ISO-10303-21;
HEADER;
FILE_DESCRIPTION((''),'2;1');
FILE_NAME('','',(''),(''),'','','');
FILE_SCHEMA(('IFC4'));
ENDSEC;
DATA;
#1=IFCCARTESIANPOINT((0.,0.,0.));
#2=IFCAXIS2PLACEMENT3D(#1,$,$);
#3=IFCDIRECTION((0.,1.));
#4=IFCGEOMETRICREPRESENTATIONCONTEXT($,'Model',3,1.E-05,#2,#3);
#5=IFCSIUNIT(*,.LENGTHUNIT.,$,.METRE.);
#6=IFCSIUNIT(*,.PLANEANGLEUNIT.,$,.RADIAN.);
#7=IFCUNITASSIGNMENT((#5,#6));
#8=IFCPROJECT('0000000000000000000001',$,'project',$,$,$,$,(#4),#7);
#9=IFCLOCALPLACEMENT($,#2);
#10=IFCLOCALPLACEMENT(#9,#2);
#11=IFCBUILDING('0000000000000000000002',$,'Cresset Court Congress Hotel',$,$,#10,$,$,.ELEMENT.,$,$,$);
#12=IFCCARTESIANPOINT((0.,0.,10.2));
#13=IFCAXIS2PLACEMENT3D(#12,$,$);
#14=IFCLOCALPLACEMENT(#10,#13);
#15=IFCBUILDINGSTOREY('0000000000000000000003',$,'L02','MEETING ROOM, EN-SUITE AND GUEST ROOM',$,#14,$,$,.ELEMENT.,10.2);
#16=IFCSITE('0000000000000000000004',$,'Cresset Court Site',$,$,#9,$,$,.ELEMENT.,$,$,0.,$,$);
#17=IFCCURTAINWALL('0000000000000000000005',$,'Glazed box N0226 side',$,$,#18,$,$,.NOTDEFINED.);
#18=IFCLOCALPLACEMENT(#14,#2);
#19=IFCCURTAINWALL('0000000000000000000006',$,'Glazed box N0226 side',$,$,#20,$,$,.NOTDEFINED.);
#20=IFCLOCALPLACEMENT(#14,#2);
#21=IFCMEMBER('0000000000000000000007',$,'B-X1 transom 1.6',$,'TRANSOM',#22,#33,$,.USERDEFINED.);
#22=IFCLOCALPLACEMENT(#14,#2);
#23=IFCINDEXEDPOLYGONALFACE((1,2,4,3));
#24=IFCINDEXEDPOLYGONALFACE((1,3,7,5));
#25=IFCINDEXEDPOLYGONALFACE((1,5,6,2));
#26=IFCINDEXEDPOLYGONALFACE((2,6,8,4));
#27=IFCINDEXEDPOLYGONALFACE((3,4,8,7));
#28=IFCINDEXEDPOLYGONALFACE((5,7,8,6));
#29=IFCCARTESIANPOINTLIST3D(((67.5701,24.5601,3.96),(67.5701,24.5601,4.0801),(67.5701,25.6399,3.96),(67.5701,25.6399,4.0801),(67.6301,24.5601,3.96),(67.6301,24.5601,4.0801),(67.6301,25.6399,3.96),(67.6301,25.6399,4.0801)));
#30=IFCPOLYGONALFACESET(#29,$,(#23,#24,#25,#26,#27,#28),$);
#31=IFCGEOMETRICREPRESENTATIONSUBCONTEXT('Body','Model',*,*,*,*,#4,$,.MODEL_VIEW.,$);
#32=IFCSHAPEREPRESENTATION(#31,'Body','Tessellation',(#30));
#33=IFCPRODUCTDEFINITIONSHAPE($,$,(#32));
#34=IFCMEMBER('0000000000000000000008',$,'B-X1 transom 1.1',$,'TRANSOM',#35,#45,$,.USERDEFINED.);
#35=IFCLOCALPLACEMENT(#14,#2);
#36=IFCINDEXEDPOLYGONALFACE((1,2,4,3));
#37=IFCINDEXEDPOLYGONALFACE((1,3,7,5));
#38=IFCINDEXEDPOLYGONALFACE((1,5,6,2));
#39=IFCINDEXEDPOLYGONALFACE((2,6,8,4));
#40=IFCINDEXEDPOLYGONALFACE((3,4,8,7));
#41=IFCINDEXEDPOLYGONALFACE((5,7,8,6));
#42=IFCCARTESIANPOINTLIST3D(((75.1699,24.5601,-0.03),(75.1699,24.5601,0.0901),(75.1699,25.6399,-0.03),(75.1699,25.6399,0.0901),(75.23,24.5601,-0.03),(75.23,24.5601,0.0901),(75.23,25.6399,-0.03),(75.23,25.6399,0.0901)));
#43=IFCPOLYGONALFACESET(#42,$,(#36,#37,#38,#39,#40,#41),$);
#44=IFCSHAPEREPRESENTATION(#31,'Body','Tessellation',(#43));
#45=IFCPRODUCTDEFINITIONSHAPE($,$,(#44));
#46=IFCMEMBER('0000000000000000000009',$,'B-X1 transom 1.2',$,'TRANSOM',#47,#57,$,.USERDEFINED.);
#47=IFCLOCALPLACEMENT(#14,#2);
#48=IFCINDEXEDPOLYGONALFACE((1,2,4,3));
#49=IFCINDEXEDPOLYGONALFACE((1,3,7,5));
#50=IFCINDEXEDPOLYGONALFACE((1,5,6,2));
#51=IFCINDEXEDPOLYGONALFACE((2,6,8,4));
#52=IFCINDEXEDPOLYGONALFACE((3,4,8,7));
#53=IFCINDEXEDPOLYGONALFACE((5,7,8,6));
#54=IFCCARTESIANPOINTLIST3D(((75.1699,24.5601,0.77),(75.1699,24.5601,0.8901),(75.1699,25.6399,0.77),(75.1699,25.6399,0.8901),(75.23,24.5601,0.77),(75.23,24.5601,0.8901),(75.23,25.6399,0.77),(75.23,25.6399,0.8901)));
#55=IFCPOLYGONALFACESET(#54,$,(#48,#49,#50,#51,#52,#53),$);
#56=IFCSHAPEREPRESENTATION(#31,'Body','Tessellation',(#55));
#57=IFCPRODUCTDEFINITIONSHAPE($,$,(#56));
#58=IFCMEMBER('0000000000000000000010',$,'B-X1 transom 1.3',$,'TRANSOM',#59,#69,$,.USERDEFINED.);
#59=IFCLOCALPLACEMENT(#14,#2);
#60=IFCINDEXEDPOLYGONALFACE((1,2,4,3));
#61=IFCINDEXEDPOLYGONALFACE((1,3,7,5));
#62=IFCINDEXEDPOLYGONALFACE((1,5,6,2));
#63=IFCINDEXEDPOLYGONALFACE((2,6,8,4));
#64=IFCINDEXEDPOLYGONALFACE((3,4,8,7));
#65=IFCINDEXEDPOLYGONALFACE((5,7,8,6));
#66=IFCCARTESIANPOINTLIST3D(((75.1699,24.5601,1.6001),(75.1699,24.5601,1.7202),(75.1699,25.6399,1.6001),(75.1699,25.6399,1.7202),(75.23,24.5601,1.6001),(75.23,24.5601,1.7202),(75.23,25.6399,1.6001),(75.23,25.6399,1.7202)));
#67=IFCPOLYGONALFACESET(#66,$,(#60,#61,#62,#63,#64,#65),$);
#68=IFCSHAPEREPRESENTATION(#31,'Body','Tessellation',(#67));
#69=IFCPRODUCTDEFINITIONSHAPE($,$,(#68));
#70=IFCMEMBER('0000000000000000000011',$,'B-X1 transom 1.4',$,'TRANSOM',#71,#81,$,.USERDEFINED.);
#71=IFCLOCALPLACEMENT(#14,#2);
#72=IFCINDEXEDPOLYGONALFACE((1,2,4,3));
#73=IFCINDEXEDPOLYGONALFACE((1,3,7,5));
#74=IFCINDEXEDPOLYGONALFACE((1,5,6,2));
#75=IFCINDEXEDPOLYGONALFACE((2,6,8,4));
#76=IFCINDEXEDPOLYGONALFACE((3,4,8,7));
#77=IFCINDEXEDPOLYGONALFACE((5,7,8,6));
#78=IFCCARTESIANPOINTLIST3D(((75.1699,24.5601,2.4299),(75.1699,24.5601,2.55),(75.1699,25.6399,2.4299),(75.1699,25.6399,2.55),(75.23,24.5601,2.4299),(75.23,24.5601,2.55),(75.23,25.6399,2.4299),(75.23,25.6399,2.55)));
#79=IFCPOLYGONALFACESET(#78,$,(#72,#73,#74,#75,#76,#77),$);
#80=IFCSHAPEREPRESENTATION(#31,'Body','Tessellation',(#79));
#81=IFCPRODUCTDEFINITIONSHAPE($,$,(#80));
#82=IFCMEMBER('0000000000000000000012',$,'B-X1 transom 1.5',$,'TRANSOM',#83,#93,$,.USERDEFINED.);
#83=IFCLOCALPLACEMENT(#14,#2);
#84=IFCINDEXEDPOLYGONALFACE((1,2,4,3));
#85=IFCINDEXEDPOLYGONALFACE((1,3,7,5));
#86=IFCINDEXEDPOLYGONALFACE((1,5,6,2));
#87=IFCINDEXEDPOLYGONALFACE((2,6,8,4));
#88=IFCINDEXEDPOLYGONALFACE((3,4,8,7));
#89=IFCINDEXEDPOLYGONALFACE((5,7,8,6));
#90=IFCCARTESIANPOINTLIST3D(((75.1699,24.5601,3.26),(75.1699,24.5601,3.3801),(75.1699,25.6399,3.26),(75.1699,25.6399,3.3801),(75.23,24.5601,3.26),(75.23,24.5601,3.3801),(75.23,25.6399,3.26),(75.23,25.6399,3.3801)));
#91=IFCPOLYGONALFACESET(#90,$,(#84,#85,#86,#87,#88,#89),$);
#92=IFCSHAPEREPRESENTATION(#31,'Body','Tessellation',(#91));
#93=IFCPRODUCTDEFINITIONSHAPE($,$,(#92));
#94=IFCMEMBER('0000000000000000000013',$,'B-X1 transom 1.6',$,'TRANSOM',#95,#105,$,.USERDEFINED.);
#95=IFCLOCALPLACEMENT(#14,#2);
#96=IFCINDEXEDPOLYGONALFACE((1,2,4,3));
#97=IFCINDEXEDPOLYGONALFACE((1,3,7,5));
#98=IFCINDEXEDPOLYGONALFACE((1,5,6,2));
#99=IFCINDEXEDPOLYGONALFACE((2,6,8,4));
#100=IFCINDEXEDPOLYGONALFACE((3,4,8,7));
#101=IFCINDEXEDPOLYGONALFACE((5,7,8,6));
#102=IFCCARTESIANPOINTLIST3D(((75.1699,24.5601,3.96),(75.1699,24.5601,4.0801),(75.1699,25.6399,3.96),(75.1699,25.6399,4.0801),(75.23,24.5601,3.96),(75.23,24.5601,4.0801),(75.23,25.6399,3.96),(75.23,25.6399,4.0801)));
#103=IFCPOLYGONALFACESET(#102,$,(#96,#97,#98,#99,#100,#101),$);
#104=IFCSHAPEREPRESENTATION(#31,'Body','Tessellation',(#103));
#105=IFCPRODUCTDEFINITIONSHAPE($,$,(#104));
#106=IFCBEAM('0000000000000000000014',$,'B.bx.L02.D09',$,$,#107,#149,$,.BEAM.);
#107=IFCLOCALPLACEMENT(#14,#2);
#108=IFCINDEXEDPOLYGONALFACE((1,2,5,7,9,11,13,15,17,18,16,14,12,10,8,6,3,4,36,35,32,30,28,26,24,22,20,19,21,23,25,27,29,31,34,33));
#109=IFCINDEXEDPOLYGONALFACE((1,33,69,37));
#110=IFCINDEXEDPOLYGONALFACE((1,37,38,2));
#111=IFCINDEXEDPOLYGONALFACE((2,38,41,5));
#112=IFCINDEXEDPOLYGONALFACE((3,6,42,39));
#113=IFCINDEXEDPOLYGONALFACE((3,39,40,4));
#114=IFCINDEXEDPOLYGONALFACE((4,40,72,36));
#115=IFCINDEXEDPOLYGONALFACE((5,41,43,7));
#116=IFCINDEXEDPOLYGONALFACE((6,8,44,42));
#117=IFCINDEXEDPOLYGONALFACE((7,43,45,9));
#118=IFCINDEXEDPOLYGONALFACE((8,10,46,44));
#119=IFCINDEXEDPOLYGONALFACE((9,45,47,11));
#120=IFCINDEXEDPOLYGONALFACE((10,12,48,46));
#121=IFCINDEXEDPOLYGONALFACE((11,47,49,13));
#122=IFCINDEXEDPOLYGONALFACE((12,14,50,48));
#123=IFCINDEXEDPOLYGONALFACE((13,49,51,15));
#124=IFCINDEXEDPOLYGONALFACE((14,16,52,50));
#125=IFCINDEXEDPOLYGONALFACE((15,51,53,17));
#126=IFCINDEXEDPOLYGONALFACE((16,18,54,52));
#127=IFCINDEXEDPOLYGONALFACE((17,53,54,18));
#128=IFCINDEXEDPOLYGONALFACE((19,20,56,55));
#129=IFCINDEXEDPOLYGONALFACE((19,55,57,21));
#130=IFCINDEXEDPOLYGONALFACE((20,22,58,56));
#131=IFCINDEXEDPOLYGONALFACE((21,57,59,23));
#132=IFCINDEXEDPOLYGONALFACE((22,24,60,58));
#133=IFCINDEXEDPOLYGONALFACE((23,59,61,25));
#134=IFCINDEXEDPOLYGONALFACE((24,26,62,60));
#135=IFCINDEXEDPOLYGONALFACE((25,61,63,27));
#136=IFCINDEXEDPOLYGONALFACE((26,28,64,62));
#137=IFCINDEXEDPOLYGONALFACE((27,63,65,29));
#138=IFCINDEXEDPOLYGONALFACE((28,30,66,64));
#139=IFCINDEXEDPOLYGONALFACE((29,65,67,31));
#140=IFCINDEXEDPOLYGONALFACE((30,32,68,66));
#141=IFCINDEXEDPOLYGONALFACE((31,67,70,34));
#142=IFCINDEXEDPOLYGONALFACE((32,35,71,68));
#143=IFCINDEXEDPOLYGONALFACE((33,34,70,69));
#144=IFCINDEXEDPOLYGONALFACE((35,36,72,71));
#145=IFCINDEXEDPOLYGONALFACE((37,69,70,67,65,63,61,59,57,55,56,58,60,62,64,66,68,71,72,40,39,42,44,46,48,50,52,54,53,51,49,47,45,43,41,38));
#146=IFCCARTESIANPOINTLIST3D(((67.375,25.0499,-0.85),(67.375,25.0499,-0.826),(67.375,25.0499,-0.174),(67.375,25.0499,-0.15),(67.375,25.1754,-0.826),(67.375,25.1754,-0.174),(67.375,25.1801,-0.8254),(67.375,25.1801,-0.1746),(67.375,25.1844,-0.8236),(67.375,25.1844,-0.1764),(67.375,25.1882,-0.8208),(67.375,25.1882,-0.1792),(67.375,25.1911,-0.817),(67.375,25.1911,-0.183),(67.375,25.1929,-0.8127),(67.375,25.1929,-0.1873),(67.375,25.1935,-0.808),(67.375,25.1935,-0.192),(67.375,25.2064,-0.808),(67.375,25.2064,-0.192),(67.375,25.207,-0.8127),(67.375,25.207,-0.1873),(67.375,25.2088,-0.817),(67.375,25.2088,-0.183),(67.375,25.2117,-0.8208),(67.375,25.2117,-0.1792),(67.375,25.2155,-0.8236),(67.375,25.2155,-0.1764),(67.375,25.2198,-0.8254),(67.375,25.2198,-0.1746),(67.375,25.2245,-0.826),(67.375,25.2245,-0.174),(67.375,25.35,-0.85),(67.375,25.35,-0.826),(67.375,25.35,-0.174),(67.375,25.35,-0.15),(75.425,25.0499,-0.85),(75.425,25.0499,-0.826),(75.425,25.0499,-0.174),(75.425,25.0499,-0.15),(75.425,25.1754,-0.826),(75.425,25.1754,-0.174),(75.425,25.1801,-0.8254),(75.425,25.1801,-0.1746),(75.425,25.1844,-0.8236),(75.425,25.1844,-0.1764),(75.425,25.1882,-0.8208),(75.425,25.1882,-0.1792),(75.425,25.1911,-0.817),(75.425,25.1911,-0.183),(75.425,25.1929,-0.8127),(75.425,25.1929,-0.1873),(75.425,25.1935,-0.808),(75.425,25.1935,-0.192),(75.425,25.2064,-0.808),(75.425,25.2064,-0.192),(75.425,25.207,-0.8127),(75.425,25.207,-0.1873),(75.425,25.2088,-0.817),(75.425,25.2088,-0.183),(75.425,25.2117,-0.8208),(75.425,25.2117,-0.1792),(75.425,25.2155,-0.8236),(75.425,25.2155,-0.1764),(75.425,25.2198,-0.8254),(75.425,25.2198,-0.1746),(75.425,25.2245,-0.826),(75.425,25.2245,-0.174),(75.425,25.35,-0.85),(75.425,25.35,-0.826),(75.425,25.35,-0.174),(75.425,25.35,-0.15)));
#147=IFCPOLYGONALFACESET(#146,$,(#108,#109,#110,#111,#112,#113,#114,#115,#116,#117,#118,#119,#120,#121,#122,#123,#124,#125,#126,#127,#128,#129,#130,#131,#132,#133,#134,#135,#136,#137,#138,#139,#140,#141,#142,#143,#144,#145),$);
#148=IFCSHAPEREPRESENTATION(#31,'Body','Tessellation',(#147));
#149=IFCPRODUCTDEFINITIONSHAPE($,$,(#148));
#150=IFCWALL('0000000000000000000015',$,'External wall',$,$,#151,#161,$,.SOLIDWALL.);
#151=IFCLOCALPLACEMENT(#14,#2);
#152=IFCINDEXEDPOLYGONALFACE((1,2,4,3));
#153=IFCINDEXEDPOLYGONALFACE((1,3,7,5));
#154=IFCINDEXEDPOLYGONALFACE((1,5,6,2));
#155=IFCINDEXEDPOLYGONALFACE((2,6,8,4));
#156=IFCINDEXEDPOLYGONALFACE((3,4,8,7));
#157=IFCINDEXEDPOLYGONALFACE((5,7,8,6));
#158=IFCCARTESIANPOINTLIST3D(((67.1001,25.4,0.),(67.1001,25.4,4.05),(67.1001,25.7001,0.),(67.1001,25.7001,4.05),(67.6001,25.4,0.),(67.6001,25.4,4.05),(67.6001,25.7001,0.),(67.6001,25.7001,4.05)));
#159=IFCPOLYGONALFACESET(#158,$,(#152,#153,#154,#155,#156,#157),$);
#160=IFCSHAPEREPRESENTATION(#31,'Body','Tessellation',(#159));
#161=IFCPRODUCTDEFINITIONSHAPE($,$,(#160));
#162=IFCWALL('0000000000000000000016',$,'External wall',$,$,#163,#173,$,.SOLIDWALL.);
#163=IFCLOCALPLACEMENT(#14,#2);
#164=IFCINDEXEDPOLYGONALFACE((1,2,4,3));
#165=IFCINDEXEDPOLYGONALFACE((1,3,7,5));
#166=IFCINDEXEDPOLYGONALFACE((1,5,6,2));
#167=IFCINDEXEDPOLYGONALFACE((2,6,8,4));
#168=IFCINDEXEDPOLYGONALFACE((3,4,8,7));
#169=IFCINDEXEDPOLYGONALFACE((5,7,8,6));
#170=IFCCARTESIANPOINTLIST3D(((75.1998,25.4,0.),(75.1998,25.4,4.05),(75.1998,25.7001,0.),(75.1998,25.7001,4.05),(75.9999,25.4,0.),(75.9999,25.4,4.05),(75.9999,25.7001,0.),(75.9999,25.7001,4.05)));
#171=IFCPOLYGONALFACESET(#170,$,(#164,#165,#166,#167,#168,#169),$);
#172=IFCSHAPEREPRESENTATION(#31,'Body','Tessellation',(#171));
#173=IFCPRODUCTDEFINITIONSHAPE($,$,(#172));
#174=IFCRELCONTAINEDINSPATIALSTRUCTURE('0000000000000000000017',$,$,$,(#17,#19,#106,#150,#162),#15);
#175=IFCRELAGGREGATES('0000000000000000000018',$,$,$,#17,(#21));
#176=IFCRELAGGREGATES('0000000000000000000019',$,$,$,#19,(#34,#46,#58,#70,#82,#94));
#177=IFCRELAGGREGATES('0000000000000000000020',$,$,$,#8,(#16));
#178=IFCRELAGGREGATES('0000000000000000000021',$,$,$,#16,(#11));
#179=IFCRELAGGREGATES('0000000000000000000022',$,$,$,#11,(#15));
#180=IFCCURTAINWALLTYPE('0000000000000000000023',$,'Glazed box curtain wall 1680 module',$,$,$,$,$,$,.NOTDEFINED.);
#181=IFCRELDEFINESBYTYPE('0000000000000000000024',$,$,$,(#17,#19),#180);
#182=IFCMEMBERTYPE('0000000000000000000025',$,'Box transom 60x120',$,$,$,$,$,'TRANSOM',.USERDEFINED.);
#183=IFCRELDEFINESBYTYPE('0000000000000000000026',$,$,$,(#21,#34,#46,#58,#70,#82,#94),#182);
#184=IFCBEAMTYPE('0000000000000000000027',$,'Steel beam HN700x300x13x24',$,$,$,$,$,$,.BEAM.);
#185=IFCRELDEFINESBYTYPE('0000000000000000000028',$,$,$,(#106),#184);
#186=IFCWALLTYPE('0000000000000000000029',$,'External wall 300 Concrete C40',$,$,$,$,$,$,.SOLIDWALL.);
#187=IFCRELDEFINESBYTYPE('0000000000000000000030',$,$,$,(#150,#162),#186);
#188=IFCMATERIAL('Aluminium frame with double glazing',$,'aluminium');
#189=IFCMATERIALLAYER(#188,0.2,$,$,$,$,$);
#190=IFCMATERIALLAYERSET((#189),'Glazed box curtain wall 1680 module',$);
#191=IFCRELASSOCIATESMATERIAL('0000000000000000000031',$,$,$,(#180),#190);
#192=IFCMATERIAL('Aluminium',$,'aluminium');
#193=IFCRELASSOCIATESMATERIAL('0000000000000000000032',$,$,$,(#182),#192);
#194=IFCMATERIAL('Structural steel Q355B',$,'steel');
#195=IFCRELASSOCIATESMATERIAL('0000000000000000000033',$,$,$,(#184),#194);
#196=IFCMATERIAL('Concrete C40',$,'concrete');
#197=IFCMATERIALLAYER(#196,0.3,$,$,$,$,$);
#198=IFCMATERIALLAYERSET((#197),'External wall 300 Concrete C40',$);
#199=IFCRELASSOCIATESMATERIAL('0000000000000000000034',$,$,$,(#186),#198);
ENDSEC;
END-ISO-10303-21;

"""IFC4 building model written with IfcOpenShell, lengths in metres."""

from ifc_helpers import new_model, si_unit, direction, frame, frame_2d, origin, origin_2d, place, context, subcontext, project, spatial, rectangle, i_section, extrude, material, layer, layer_set, material_profile, profile_set, type_object, element, aggregate, save


model = new_model("IFC4")

# Units and contexts
model_context = context("Model", 3, precision=1e-05, world=origin(), true_north=direction((0.0, 1.0)))
body_context = subcontext(model_context, "Body", "Model", "MODEL_VIEW")
ifc_project = project(units=[si_unit("LENGTHUNIT", "METRE"), si_unit("PLANEANGLEUNIT", "RADIAN")], contexts=[model_context])

# Site, building, storey
site_placement = place(None, origin())
site = spatial("IfcSite", under=ifc_project, at=site_placement, Name="Cresset Court Site", CompositionType="ELEMENT", RefElevation=0.0)
building_placement = place(site_placement, origin())
building = spatial("IfcBuilding", under=site, at=building_placement, Name="Cresset Court Congress Hotel", CompositionType="ELEMENT")
storey_placement = place(building_placement, frame((0.0, 0.0, 10.2)))
storey = spatial("IfcBuildingStorey", under=building, at=storey_placement, Name="L02", Description="MEETING ROOM, EN-SUITE AND GUEST ROOM", CompositionType="ELEMENT", Elevation=10.2)

# Curtain walls
ifc_material_1 = material(Name="Aluminium frame with double glazing", Category="aluminium")
ifc_layer_1 = layer(ifc_material_1, 0.2)
ifc_layer_set_1 = layer_set([ifc_layer_1], Name="Glazed box curtain wall 1680 module")
curtain_wall_type = type_object("IfcCurtainWallType", Name="Glazed box curtain wall 1680 module", PredefinedType="NOTDEFINED", material=ifc_layer_set_1)
curtain_wall_1_placement = place(storey_placement, origin())
curtain_wall_1 = element("IfcCurtainWall", 1, at=curtain_wall_1_placement, inside=storey, type_object=curtain_wall_type, Name="Glazed box N0226 side", PredefinedType="NOTDEFINED")
curtain_wall_2_placement = place(storey_placement, origin())
curtain_wall_2 = element("IfcCurtainWall", 2, at=curtain_wall_2_placement, inside=storey, type_object=curtain_wall_type, Name="Glazed box N0226 side", PredefinedType="NOTDEFINED")

# Members
ifc_material_2 = material(Name="Aluminium", Category="aluminium")
ifc_material_profile_1 = material_profile(ifc_material_2, rectangle(XDim=0.0601, YDim=0.1201, at=origin_2d()), Name="Box transom 60x120")
ifc_profile_set_1 = profile_set([ifc_material_profile_1], Name="Aluminium")
member_type_1 = type_object("IfcMemberType", Name="Box transom 60x120", ElementType="TRANSOM", PredefinedType="USERDEFINED", material=ifc_profile_set_1)
member_1_placement = place(storey_placement, frame((67.6001, 25.6399, 4.02), z_axis=(0.0, -1.0, 0.0), x_axis=(1.0, 0.0, 0.0)))
member_1 = element("IfcMember", 3, at=member_1_placement, type_object=member_type_1, Name="B-X1 transom 1.6", ObjectType="TRANSOM", PredefinedType="USERDEFINED", context=body_context, shape_type="SweptSolid", body=[
    extrude(rectangle(XDim=0.0601, YDim=0.1201, at=origin_2d()), origin(), (0.0, 0.0, 1.0), 1.0798),
])
aggregate(curtain_wall_1, [member_1])
member_2_placement = place(storey_placement, frame((75.2, 25.6399, 0.03), z_axis=(0.0, -1.0, 0.0), x_axis=(1.0, 0.0, 0.0)))
member_2 = element("IfcMember", 4, at=member_2_placement, type_object=member_type_1, Name="B-X1 transom 1.1", ObjectType="TRANSOM", PredefinedType="USERDEFINED", context=body_context, shape_type="SweptSolid", body=[
    extrude(rectangle(XDim=0.0601, YDim=0.1201, at=origin_2d()), origin(), (0.0, 0.0, 1.0), 1.0798),
])
member_3_placement = place(storey_placement, frame((75.2, 25.6399, 0.8301), z_axis=(0.0, -1.0, 0.0), x_axis=(1.0, 0.0, 0.0)))
member_3 = element("IfcMember", 5, at=member_3_placement, type_object=member_type_1, Name="B-X1 transom 1.2", ObjectType="TRANSOM", PredefinedType="USERDEFINED", context=body_context, shape_type="SweptSolid", body=[
    extrude(rectangle(XDim=0.0601, YDim=0.1201, at=origin_2d()), origin(), (0.0, 0.0, 1.0), 1.0798),
])
member_4_placement = place(storey_placement, frame((75.2, 25.6399, 1.6602), z_axis=(0.0, -1.0, 0.0), x_axis=(1.0, 0.0, 0.0)))
member_4 = element("IfcMember", 6, at=member_4_placement, type_object=member_type_1, Name="B-X1 transom 1.3", ObjectType="TRANSOM", PredefinedType="USERDEFINED", context=body_context, shape_type="SweptSolid", body=[
    extrude(rectangle(XDim=0.0601, YDim=0.1201, at=origin_2d()), origin(), (0.0, 0.0, 1.0), 1.0798),
])
member_5_placement = place(storey_placement, frame((75.2, 25.6399, 2.49), z_axis=(0.0, -1.0, 0.0), x_axis=(1.0, 0.0, 0.0)))
member_5 = element("IfcMember", 7, at=member_5_placement, type_object=member_type_1, Name="B-X1 transom 1.4", ObjectType="TRANSOM", PredefinedType="USERDEFINED", context=body_context, shape_type="SweptSolid", body=[
    extrude(rectangle(XDim=0.0601, YDim=0.1201, at=origin_2d()), origin(), (0.0, 0.0, 1.0), 1.0798),
])
member_6_placement = place(storey_placement, frame((75.2, 25.6399, 3.3201), z_axis=(0.0, -1.0, 0.0), x_axis=(1.0, 0.0, 0.0)))
member_6 = element("IfcMember", 8, at=member_6_placement, type_object=member_type_1, Name="B-X1 transom 1.5", ObjectType="TRANSOM", PredefinedType="USERDEFINED", context=body_context, shape_type="SweptSolid", body=[
    extrude(rectangle(XDim=0.0601, YDim=0.1201, at=origin_2d()), origin(), (0.0, 0.0, 1.0), 1.0798),
])
member_7_placement = place(storey_placement, frame((75.2, 25.6399, 4.02), z_axis=(0.0, -1.0, 0.0), x_axis=(1.0, 0.0, 0.0)))
member_7 = element("IfcMember", 9, at=member_7_placement, type_object=member_type_1, Name="B-X1 transom 1.6", ObjectType="TRANSOM", PredefinedType="USERDEFINED", context=body_context, shape_type="SweptSolid", body=[
    extrude(rectangle(XDim=0.0601, YDim=0.1201, at=origin_2d()), origin(), (0.0, 0.0, 1.0), 1.0798),
])
aggregate(curtain_wall_2, [member_2, member_3, member_4, member_5, member_6, member_7])

# Beam
ifc_material_3 = material(Name="Structural steel Q355B", Category="steel")
ifc_material_profile_2 = material_profile(ifc_material_3, i_section(OverallWidth=0.3, OverallDepth=0.7, WebThickness=0.0129, FlangeThickness=0.0239, FilletRadius=0.0181, at=origin_2d()), Name="HN700x300x13x24")
ifc_profile_set_2 = profile_set([ifc_material_profile_2], Name="Structural steel Q355B")
beam_type = type_object("IfcBeamType", Name="Steel beam HN700x300x13x24", PredefinedType="BEAM", material=ifc_profile_set_2)
beam_placement = place(storey_placement, frame((67.375, 25.2, -0.5), z_axis=(1.0, 0.0, 0.0), x_axis=(0.0, 1.0, 0.0)))
element("IfcBeam", 10, at=beam_placement, inside=storey, type_object=beam_type, Name="B.bx.L02.D09", PredefinedType="BEAM", context=body_context, shape_type="SweptSolid", body=[
    extrude(i_section(OverallWidth=0.3, OverallDepth=0.7, WebThickness=0.0129, FlangeThickness=0.0239, FilletRadius=0.0181, at=origin_2d()), origin(), (0.0, 0.0, 1.0), 8.05),
])

# Walls
ifc_material_4 = material(Name="Concrete C40", Category="concrete")
ifc_layer_2 = layer(ifc_material_4, 0.3)
ifc_layer_set_2 = layer_set([ifc_layer_2], Name="External wall 300 Concrete C40")
wall_type_1 = type_object("IfcWallType", Name="External wall 300 Concrete C40", PredefinedType="SOLIDWALL", material=ifc_layer_set_2)
wall_1_placement = place(storey_placement, frame((67.1001, 25.55, 0.0), z_axis=(0.0, 0.0, 1.0), x_axis=(1.0, 0.0, 0.0)))
element("IfcWall", 11, at=wall_1_placement, inside=storey, type_object=wall_type_1, Name="External wall", PredefinedType="SOLIDWALL", context=body_context, shape_type="SweptSolid", body=[
    extrude(rectangle(XDim=0.5, YDim=0.3, at=frame_2d((0.25, 0.0))), origin(), (0.0, 0.0, 1.0), 4.05),
])
wall_2_placement = place(storey_placement, frame((75.2, 25.55, 0.0), z_axis=(0.0, 0.0, 1.0), x_axis=(1.0, 0.0, 0.0)))
element("IfcWall", 12, at=wall_2_placement, inside=storey, type_object=wall_type_1, Name="External wall", PredefinedType="SOLIDWALL", context=body_context, shape_type="SweptSolid", body=[
    extrude(rectangle(XDim=0.8, YDim=0.3, at=frame_2d((0.3999, 0.0))), origin(), (0.0, 0.0, 1.0), 4.05),
])

save(model, "model.ifc")
